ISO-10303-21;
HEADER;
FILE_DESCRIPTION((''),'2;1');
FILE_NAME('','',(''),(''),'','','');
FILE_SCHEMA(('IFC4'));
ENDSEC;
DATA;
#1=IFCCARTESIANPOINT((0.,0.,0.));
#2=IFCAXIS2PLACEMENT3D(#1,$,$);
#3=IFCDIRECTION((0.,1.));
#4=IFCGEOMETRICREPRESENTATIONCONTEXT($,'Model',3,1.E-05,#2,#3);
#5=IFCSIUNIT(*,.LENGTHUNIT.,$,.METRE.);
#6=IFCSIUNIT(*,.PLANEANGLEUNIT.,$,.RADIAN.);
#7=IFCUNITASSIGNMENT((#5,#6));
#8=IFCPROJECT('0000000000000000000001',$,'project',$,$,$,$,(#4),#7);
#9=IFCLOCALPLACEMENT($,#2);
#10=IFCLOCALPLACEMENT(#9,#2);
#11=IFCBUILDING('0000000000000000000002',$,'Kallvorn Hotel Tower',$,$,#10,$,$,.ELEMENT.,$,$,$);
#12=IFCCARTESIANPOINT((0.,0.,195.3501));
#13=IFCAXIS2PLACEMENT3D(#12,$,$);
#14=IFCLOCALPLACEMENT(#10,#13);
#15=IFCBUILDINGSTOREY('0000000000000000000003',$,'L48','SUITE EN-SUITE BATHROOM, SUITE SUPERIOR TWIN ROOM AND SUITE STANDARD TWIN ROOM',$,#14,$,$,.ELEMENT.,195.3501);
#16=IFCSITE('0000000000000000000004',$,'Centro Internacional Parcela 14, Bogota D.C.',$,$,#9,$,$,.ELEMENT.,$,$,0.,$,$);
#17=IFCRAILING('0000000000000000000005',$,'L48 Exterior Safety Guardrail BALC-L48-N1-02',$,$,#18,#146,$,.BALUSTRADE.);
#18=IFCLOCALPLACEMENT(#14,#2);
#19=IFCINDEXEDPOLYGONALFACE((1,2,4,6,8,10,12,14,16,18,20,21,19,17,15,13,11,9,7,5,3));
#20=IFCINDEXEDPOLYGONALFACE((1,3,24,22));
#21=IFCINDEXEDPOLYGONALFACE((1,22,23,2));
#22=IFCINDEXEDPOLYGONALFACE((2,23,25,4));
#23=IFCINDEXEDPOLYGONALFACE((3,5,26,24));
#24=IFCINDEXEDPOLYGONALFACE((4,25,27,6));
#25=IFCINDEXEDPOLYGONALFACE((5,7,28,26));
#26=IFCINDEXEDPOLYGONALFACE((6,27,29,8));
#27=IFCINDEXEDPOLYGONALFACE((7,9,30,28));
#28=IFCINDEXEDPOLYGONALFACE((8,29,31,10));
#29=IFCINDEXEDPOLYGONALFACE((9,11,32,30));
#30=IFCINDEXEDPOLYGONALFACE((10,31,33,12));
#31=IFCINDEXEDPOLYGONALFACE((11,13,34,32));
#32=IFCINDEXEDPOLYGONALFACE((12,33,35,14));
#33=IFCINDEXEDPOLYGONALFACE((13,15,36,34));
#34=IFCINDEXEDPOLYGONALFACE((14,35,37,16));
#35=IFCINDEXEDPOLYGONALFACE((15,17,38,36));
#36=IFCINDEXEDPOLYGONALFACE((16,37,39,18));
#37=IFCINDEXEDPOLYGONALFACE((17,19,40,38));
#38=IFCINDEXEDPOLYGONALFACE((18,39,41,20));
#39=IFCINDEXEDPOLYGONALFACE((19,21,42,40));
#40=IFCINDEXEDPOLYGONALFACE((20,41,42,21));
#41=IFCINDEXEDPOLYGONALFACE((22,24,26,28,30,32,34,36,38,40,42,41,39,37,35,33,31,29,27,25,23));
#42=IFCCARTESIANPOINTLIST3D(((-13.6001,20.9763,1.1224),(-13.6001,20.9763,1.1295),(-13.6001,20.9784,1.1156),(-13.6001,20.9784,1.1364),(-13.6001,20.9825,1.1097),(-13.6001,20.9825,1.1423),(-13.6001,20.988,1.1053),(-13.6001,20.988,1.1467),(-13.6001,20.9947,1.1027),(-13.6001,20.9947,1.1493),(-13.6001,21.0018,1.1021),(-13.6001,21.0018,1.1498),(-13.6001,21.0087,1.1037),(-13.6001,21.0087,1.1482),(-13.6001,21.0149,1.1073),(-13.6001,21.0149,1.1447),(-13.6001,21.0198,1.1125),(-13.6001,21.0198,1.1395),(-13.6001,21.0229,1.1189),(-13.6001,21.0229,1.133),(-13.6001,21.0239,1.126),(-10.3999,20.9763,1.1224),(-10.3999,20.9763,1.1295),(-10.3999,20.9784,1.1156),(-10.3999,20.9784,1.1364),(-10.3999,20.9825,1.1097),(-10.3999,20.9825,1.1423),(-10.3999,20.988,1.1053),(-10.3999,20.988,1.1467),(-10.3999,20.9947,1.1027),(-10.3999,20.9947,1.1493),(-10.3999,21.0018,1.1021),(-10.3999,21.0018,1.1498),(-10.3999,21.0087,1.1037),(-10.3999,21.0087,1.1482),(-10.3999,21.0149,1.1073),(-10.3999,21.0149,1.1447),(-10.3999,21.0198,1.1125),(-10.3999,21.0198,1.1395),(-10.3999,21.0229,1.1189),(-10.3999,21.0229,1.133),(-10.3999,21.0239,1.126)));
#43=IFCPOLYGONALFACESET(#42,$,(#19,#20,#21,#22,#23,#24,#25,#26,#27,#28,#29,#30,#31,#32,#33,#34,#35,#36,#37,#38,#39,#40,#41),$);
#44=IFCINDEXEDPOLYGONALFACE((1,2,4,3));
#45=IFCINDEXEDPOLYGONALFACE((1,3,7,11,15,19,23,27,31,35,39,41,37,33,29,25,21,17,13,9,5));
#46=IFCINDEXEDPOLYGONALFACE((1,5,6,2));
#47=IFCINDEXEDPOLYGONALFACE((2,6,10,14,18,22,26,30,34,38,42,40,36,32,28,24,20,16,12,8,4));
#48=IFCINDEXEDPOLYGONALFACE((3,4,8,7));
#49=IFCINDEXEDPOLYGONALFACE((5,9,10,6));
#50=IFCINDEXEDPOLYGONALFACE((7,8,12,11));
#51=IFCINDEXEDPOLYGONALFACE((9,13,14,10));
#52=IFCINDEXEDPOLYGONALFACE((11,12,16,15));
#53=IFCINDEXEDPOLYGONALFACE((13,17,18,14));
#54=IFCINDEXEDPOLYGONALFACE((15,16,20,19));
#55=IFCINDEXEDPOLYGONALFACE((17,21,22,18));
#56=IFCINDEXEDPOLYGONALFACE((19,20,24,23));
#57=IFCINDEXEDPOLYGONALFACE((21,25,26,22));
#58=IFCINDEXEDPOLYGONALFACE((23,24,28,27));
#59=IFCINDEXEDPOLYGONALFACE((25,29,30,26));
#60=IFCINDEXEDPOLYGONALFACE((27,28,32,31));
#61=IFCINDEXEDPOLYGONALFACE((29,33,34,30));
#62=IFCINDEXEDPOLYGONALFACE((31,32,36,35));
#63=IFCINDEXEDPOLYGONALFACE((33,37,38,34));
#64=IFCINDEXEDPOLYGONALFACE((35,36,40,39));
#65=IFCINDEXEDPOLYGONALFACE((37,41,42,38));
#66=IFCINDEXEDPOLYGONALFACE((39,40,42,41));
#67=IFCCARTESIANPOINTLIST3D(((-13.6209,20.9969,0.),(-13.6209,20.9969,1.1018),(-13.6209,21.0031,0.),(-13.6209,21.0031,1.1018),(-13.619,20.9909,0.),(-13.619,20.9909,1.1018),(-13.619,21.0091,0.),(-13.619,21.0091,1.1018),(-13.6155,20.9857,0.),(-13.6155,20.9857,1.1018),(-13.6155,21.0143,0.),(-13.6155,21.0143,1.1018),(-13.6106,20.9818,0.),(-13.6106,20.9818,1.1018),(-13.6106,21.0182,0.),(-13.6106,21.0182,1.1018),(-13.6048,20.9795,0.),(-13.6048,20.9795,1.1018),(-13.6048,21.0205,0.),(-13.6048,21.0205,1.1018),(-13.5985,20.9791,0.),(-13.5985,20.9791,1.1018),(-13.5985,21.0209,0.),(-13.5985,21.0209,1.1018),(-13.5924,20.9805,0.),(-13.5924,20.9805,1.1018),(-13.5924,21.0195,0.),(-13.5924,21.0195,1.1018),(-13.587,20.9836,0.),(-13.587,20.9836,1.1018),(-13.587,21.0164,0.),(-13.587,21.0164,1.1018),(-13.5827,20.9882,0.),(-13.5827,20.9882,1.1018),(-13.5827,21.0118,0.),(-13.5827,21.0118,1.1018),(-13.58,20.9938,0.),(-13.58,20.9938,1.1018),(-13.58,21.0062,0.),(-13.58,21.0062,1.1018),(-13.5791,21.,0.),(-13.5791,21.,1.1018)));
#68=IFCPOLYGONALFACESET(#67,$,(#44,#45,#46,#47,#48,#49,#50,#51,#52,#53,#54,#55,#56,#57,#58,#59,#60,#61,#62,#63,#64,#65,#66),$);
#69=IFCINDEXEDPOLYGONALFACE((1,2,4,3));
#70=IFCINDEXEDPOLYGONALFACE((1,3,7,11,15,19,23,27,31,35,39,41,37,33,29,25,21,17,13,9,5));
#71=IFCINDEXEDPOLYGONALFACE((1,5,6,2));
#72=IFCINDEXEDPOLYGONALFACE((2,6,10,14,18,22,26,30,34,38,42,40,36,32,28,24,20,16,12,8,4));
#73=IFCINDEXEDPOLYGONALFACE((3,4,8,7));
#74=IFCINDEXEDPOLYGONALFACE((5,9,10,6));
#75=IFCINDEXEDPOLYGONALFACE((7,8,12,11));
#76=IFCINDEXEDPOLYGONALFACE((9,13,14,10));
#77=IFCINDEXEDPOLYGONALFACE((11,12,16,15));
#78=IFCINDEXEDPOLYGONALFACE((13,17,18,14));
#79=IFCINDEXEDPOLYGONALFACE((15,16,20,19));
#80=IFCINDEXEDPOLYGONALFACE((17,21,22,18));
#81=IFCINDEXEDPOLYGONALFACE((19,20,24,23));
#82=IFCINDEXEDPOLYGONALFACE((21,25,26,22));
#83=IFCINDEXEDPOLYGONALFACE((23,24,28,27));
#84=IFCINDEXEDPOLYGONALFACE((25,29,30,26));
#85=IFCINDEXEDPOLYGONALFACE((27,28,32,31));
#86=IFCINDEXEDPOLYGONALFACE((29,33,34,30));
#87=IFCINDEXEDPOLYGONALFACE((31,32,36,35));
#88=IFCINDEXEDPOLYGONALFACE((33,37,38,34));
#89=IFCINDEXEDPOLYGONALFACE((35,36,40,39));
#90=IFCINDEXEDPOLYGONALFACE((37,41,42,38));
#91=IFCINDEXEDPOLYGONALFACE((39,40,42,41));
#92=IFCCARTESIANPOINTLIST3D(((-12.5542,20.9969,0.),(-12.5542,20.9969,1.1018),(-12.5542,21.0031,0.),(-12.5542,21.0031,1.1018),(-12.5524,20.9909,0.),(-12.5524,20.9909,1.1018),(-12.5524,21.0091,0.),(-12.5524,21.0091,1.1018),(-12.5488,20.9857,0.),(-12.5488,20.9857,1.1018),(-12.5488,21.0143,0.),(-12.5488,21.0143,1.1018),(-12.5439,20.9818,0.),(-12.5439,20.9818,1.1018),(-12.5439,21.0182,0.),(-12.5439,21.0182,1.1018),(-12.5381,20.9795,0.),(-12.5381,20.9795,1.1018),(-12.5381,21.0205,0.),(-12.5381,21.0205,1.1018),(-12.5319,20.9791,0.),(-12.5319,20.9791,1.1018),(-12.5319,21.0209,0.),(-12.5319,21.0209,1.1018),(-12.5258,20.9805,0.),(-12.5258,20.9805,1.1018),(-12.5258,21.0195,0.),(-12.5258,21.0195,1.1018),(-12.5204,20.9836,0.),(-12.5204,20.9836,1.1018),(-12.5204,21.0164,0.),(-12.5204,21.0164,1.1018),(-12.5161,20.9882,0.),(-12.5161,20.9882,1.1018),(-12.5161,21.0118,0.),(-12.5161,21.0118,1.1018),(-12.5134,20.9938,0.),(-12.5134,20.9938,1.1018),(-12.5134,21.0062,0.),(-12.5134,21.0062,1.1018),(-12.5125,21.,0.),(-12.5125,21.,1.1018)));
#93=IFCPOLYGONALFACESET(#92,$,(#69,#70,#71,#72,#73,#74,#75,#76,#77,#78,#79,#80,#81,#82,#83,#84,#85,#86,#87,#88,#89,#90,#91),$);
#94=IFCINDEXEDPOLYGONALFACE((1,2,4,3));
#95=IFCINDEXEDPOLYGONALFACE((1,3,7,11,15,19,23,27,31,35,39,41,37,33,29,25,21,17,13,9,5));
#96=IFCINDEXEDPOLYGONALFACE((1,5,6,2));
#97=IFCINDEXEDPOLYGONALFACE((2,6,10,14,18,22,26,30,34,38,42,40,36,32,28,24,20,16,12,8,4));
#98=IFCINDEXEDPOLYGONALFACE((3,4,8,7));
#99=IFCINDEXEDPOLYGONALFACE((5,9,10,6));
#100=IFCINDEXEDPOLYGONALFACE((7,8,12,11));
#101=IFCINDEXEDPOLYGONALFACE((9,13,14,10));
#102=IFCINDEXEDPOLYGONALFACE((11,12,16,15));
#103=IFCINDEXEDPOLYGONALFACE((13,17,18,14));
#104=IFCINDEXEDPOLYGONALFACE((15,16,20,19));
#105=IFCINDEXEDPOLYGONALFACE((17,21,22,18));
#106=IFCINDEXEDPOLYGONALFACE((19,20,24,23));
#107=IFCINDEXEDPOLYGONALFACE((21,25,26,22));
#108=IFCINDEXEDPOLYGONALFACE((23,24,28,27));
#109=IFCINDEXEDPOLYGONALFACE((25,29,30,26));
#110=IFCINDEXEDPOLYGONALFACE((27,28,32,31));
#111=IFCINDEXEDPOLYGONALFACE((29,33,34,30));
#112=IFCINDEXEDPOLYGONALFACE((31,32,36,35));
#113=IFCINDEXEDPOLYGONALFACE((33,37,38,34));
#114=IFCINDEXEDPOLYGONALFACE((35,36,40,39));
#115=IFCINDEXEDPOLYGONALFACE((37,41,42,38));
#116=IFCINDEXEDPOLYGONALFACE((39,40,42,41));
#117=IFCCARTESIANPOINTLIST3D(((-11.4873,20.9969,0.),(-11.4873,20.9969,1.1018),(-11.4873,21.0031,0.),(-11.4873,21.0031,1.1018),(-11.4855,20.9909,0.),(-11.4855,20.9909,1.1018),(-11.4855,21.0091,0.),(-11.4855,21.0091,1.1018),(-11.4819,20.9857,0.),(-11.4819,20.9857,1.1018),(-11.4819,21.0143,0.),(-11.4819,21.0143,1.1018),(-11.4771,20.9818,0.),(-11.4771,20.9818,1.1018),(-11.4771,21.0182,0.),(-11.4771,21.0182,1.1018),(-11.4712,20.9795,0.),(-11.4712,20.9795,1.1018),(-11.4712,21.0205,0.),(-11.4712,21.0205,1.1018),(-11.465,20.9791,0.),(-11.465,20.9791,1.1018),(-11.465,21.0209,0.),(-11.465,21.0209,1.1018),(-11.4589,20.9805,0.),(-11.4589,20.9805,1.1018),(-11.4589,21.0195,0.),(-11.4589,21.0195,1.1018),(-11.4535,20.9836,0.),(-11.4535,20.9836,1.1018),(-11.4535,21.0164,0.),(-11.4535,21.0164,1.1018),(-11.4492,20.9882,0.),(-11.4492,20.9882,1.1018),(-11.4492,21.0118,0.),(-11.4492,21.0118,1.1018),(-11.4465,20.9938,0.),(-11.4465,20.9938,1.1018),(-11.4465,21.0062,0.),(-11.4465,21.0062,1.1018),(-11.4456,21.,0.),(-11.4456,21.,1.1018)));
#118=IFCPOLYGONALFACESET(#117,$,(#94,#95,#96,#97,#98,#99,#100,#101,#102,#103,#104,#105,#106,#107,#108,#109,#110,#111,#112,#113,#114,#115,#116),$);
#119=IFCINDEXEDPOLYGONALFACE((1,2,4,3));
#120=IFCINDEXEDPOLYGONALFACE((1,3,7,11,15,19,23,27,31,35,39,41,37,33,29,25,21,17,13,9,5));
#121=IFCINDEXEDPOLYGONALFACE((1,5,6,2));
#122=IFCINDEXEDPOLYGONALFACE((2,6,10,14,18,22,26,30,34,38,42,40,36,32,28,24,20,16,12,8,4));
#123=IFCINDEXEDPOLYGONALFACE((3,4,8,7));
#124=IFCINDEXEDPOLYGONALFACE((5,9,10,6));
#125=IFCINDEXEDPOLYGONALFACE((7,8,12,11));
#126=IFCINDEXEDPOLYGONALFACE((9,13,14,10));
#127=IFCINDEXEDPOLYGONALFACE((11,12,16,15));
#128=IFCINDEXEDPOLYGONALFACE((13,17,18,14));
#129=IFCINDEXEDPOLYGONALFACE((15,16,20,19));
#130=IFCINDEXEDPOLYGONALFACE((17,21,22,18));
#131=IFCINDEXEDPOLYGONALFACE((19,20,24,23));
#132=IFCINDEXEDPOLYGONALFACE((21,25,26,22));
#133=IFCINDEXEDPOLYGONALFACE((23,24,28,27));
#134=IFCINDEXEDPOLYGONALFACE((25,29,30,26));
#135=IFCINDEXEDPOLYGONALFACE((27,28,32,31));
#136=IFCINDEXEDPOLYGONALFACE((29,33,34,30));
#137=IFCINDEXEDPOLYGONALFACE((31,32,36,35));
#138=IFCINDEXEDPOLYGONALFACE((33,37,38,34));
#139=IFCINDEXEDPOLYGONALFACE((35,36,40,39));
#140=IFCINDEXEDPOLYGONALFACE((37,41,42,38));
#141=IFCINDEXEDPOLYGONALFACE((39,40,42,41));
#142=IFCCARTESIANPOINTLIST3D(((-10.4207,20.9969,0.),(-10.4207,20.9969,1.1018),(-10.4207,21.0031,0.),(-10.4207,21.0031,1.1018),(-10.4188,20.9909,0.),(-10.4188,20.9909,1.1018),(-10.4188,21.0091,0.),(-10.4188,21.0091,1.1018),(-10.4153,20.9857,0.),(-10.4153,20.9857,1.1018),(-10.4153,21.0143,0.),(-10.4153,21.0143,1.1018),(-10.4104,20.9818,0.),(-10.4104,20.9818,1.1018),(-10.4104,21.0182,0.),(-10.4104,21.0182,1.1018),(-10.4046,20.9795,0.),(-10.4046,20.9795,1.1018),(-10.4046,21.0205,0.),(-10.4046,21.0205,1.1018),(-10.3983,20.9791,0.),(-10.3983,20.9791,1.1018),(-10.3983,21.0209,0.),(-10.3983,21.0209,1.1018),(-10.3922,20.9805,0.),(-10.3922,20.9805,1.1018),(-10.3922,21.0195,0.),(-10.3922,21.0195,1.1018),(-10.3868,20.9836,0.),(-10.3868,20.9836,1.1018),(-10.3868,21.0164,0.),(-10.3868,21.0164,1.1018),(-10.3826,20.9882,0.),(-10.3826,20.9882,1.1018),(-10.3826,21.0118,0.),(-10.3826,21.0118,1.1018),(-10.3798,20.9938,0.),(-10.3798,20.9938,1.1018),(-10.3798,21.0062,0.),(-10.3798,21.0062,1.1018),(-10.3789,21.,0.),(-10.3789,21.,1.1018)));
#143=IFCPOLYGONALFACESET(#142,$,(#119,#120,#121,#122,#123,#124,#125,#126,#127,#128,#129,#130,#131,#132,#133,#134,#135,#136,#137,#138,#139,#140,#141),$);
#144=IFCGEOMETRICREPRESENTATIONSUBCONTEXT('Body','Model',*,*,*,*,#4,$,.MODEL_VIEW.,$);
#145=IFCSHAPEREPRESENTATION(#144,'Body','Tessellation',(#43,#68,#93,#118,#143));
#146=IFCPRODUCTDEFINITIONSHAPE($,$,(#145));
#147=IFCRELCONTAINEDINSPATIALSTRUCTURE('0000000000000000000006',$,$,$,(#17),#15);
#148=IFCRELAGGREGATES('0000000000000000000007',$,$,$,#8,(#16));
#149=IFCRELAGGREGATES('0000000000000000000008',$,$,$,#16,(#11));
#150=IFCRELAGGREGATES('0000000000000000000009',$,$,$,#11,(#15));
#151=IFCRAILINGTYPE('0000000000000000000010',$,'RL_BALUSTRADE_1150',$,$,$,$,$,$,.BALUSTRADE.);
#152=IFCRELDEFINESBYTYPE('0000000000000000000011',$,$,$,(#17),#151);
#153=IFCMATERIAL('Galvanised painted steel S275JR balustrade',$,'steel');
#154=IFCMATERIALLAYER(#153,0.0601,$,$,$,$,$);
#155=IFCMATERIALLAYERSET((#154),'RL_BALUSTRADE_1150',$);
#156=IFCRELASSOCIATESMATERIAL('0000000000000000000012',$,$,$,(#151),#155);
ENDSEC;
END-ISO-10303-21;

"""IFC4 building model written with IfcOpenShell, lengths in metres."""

from ifc_helpers import new_model, si_unit, direction, frame, origin, origin_2d, place, context, subcontext, project, spatial, circle, extrude, material, layer, layer_set, type_object, element, save


model = new_model("IFC4")

# Units and contexts
model_context = context("Model", 3, precision=1e-05, world=origin(), true_north=direction((0.0, 1.0)))
body_context = subcontext(model_context, "Body", "Model", "MODEL_VIEW")
ifc_project = project(units=[si_unit("LENGTHUNIT", "METRE"), si_unit("PLANEANGLEUNIT", "RADIAN")], contexts=[model_context])

# Site, building, storey
site_placement = place(None, origin())
site = spatial("IfcSite", under=ifc_project, at=site_placement, Name="Centro Internacional Parcela 14, Bogota D.C.", CompositionType="ELEMENT", RefElevation=0.0)
building_placement = place(site_placement, origin())
building = spatial("IfcBuilding", under=site, at=building_placement, Name="Kallvorn Hotel Tower", CompositionType="ELEMENT")
storey_placement = place(building_placement, frame((0.0, 0.0, 195.3501)))
storey = spatial("IfcBuildingStorey", under=building, at=storey_placement, Name="L48", Description="SUITE EN-SUITE BATHROOM, SUITE SUPERIOR TWIN ROOM AND SUITE STANDARD TWIN ROOM", CompositionType="ELEMENT", Elevation=195.3501)

# Railing
ifc_material_1 = material(Name="Galvanised painted steel S275JR balustrade", Category="steel")
ifc_layer_1 = layer(ifc_material_1, 0.0601)
ifc_layer_set_1 = layer_set([ifc_layer_1], Name="RL_BALUSTRADE_1150")
railing_type = type_object("IfcRailingType", Name="RL_BALUSTRADE_1150", PredefinedType="BALUSTRADE", material=ifc_layer_set_1)
railing_1_placement = place(storey_placement, frame((-13.6001, 21.0, 0.0)))
element("IfcRailing", 1, at=railing_1_placement, inside=storey, type_object=railing_type, Name="L48 Exterior Safety Guardrail BALC-L48-N1-02", PredefinedType="BALUSTRADE", context=body_context, shape_type="SweptSolid", body=[
    extrude(circle(Radius=0.0239, at=origin_2d()), frame((0.0, 0.0, 1.126), z_axis=(1.0, 0.0, 0.0), x_axis=(0.0, 1.0, 0.0)), (0.0, 0.0, 1.0), 3.2002),
    extrude(circle(Radius=0.021, at=origin_2d()), origin(), (0.0, 0.0, 1.0), 1.1018),
    extrude(circle(Radius=0.021, at=origin_2d()), frame((1.0667, 0.0, 0.0)), (0.0, 0.0, 1.0), 1.1018),
    extrude(circle(Radius=0.021, at=origin_2d()), frame((2.1335, 0.0, 0.0)), (0.0, 0.0, 1.0), 1.1018),
    extrude(circle(Radius=0.021, at=origin_2d()), frame((3.2002, 0.0, 0.0)), (0.0, 0.0, 1.0), 1.1018),
])

save(model, "model.ifc")
